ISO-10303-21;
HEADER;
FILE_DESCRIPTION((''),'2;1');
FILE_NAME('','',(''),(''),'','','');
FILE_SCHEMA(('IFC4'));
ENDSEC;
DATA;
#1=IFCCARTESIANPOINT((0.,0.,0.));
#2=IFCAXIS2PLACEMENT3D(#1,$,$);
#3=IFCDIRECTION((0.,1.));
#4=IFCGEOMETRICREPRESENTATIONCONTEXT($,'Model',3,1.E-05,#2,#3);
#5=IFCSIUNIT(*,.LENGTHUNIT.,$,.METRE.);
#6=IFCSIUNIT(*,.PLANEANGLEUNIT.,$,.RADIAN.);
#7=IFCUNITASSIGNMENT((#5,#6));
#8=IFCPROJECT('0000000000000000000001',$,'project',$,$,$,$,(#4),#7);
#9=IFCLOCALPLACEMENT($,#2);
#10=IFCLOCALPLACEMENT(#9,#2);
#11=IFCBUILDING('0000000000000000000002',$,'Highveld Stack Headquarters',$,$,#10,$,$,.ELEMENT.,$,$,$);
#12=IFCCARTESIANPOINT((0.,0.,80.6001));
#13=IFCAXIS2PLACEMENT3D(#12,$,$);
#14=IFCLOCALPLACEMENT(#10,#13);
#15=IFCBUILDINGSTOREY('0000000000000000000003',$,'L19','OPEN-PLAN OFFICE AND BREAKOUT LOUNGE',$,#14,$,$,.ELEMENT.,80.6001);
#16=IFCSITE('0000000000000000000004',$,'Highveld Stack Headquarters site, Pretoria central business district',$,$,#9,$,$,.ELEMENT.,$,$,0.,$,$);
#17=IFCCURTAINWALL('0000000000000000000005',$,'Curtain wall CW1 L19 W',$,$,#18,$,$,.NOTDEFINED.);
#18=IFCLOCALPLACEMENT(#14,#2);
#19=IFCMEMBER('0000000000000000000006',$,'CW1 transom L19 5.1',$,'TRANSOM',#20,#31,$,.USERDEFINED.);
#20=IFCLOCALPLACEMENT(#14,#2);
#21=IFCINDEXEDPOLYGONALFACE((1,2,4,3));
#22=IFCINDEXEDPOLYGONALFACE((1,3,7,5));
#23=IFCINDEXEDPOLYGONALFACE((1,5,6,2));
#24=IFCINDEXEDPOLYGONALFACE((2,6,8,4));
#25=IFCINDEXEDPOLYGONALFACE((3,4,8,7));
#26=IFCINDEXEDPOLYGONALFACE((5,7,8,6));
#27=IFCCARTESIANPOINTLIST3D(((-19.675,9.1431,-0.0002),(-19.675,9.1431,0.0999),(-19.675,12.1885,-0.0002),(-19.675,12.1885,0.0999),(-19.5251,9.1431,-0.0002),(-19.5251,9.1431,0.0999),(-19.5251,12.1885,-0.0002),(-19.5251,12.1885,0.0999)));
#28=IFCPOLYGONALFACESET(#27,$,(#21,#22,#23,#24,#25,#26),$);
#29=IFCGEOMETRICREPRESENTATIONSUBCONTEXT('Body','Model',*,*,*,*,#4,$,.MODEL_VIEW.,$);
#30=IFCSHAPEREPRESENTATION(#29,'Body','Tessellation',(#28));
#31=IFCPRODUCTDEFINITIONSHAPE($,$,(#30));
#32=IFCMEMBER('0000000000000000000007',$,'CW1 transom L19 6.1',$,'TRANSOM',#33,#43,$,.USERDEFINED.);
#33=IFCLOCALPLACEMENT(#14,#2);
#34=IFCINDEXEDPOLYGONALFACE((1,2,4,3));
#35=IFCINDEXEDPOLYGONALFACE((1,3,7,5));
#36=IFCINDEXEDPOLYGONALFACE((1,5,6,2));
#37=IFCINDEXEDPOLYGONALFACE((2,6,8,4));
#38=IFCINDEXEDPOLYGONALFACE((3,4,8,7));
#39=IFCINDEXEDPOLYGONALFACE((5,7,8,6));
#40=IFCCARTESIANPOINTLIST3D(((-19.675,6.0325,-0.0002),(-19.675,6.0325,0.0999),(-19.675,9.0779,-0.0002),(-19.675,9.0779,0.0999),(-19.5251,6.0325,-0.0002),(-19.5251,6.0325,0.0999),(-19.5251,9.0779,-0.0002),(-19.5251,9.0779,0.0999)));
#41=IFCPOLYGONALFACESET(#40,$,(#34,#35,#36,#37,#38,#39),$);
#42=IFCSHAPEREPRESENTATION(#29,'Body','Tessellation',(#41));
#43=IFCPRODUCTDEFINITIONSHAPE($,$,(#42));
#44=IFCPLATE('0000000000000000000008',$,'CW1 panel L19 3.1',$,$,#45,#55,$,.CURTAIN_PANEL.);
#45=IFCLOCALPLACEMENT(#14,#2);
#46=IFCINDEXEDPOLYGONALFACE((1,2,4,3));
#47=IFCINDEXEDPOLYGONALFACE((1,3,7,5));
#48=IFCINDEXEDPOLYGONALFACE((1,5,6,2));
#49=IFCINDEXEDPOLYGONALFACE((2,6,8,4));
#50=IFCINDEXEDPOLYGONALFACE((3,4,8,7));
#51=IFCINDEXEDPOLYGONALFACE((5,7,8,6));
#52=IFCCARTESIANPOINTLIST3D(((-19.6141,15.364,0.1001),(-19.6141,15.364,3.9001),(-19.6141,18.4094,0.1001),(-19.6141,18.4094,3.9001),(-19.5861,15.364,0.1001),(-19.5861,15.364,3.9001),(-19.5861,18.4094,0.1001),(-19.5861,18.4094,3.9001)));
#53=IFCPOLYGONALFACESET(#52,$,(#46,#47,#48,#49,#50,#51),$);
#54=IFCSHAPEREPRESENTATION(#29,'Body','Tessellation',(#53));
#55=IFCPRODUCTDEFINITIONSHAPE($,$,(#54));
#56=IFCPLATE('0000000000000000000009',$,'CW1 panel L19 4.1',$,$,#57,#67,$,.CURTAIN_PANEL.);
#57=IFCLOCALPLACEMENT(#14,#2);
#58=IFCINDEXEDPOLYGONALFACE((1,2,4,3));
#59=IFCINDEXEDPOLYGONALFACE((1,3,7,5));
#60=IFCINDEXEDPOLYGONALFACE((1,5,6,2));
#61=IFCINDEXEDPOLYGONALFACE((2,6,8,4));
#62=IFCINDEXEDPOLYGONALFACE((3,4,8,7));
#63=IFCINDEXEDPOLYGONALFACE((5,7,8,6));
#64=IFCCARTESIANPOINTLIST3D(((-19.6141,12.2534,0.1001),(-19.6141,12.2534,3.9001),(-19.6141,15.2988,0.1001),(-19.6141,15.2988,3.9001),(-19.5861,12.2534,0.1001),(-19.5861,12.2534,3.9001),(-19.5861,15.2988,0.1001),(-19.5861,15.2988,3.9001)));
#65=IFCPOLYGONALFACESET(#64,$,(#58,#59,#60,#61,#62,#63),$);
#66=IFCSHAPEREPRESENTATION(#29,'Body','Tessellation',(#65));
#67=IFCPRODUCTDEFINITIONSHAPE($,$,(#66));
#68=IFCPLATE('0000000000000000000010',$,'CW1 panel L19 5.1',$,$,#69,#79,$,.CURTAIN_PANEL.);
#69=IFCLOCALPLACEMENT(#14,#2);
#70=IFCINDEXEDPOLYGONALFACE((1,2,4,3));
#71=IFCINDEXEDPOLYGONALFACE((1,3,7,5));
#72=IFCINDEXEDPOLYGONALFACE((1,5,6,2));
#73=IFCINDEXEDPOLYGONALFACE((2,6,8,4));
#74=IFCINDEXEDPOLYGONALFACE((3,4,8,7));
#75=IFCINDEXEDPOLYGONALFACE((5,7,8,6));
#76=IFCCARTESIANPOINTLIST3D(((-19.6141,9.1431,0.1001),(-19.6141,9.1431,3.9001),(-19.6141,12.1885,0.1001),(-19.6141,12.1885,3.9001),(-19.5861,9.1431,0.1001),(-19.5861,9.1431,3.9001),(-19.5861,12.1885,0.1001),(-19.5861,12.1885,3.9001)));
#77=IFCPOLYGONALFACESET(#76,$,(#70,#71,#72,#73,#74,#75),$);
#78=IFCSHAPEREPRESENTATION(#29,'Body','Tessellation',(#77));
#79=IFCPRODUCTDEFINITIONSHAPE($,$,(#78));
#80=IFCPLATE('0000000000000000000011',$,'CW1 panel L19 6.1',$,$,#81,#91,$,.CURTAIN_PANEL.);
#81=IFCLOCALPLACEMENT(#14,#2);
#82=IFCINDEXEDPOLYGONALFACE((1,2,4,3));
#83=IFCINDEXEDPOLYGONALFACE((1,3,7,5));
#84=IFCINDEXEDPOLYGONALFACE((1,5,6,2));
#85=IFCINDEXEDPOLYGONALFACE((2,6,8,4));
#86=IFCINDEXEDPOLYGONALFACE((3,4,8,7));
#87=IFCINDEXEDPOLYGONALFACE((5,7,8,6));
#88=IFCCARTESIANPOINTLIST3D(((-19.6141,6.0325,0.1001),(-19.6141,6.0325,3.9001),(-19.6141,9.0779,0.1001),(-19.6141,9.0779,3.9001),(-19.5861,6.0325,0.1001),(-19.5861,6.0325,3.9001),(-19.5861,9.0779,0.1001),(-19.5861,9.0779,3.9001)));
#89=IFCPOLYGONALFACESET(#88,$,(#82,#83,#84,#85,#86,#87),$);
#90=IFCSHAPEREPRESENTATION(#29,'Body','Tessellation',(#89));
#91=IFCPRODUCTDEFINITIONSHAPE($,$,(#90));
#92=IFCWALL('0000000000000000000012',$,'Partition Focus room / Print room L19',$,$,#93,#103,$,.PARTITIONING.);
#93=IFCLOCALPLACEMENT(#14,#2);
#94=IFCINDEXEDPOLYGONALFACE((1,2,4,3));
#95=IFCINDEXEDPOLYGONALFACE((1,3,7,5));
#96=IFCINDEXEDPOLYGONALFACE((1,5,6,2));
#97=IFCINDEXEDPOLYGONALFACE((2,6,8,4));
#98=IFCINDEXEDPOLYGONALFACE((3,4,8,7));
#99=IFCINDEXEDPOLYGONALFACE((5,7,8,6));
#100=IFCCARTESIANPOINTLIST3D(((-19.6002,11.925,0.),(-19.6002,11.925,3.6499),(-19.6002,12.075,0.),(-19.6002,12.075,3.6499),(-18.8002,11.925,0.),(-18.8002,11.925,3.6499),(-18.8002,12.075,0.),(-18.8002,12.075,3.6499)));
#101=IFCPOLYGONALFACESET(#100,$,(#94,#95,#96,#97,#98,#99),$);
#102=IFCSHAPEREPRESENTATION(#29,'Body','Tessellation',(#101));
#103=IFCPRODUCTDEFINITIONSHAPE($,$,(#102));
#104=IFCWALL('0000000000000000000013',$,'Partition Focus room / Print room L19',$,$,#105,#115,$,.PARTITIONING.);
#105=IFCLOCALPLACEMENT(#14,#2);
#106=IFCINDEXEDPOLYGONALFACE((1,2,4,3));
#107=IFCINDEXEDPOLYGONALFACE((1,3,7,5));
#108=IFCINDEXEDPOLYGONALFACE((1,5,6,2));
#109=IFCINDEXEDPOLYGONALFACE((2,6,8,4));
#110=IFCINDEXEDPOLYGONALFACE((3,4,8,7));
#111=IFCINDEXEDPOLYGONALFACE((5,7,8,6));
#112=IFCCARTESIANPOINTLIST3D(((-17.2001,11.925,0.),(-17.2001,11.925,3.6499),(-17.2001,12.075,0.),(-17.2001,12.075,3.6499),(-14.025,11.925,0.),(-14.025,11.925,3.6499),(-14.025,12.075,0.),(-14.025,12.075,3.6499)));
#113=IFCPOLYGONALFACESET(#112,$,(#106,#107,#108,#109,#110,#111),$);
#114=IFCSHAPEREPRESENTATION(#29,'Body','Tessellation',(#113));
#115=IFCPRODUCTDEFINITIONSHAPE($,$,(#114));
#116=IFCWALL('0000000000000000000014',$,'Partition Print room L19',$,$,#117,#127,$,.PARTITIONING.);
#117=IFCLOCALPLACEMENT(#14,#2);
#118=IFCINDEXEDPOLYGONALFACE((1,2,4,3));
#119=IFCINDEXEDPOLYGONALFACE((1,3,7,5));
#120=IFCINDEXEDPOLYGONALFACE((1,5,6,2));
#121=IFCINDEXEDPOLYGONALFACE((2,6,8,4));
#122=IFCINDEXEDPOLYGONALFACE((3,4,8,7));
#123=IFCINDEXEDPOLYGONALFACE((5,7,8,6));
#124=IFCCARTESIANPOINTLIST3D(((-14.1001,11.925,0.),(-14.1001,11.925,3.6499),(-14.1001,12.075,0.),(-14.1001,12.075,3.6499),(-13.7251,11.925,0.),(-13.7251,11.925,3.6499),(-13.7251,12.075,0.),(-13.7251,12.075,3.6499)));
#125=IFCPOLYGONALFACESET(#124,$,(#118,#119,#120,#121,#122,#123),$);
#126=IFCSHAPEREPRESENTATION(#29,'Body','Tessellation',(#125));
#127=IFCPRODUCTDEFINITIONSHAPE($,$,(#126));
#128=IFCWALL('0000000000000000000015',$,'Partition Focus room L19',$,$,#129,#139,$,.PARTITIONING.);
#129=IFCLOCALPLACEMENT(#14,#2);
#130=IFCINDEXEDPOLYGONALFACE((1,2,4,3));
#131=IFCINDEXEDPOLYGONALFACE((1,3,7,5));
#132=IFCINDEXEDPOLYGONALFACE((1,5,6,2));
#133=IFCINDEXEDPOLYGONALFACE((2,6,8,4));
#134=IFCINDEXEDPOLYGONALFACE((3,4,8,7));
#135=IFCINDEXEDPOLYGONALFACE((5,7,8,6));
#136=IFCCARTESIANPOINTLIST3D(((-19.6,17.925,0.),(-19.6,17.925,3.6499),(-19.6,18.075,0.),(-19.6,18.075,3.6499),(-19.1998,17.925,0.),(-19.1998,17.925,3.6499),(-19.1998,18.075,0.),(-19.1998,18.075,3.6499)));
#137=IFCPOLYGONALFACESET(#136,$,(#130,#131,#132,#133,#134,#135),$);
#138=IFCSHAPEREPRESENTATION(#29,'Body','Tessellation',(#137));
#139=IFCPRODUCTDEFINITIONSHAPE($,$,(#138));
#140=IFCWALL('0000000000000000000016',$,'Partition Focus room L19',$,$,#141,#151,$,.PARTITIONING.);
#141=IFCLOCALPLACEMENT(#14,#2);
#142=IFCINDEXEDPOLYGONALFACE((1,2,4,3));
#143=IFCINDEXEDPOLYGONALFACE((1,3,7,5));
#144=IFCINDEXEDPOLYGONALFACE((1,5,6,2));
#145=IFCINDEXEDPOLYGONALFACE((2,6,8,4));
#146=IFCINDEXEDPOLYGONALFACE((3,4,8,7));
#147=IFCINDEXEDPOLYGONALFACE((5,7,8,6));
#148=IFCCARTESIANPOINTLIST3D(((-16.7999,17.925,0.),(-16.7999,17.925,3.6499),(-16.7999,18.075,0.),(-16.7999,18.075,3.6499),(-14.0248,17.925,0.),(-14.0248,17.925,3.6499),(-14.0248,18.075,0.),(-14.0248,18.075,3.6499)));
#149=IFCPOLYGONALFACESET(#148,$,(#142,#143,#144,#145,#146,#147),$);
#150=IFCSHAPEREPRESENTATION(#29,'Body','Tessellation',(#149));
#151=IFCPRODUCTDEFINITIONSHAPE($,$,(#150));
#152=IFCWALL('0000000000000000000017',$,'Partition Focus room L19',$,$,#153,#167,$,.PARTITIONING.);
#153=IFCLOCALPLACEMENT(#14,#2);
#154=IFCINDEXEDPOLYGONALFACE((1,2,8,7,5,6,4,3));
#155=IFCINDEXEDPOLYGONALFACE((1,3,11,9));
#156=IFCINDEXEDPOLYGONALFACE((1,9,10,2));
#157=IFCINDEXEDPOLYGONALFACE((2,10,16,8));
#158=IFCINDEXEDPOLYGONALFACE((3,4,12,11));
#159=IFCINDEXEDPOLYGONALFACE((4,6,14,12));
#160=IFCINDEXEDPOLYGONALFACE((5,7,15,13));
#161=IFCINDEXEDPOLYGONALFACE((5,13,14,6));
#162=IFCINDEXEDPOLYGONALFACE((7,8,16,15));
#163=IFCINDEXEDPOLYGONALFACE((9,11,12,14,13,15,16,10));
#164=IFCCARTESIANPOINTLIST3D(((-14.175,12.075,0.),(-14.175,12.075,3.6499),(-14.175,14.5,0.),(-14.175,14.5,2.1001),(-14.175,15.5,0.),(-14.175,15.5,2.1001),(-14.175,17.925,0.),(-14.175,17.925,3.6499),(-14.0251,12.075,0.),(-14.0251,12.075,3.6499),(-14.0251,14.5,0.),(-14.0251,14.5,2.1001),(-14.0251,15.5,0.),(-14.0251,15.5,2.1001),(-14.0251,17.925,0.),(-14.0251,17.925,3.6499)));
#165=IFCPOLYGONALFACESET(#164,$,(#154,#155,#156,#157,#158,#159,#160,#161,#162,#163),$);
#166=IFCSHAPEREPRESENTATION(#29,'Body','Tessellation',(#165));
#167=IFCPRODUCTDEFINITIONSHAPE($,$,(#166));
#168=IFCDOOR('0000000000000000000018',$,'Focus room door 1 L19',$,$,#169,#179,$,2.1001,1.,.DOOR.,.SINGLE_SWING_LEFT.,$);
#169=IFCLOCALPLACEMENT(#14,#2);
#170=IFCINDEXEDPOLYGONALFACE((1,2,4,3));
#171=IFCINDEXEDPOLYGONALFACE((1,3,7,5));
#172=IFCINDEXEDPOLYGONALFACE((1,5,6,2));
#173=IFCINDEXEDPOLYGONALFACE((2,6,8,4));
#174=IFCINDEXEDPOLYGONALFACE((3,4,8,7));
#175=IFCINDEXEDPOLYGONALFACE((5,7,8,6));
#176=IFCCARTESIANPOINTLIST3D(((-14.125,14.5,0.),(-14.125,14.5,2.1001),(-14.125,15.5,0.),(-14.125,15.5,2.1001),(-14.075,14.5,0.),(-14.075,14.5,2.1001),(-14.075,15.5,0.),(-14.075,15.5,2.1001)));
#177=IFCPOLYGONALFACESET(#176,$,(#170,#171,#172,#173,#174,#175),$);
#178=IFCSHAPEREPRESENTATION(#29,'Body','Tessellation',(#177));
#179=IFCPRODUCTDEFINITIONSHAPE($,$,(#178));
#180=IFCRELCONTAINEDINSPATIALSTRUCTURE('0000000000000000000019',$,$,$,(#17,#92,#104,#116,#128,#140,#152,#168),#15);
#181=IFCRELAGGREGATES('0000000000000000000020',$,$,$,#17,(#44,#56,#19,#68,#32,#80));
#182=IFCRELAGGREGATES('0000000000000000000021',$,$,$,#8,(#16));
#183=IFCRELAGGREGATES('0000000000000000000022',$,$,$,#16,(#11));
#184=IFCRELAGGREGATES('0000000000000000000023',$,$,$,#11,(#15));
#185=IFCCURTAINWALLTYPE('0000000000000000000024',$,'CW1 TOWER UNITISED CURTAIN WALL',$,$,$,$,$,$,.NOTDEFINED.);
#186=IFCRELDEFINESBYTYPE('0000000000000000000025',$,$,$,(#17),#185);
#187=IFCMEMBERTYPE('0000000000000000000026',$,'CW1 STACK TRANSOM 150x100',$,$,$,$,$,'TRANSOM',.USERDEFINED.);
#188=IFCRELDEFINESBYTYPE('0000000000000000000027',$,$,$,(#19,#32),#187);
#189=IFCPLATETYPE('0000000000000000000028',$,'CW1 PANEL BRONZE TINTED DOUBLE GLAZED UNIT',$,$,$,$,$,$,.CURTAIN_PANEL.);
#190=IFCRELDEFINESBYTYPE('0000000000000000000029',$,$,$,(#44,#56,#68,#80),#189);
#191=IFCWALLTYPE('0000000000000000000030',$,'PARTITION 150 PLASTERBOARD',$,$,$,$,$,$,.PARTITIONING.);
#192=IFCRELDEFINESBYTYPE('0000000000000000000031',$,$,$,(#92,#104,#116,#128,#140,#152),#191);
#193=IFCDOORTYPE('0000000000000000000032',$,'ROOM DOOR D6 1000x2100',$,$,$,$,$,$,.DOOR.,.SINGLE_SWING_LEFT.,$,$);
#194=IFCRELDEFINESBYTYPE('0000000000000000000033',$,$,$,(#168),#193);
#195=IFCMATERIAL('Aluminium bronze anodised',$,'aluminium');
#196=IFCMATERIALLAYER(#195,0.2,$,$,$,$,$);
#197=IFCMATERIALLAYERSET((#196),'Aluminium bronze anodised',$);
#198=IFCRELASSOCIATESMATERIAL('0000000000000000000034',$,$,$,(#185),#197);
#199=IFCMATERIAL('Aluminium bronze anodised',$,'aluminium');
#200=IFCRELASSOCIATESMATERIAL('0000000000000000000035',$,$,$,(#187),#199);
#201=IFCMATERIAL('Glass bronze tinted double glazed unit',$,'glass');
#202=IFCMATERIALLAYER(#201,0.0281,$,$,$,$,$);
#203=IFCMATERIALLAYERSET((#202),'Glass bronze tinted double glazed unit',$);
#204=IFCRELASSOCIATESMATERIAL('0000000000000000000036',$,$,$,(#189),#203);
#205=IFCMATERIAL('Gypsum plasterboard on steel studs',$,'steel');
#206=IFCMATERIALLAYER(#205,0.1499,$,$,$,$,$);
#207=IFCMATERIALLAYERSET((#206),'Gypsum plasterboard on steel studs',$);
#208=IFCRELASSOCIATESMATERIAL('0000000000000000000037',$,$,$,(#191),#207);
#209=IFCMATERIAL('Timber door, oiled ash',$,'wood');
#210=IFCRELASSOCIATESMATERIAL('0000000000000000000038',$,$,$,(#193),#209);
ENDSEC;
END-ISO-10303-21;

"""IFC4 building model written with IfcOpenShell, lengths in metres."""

from ifc_helpers import new_model, si_unit, direction, frame, frame_2d, origin, origin_2d, place, context, subcontext, project, spatial, rectangle, extrude, material, layer, layer_set, material_profile, profile_set, type_object, element, fill, aggregate, save


model = new_model("IFC4")

# Units and contexts
model_context = context("Model", 3, precision=1e-05, world=origin(), true_north=direction((0.0, 1.0)))
body_context = subcontext(model_context, "Body", "Model", "MODEL_VIEW")
ifc_project = project(units=[si_unit("LENGTHUNIT", "METRE"), si_unit("PLANEANGLEUNIT", "RADIAN")], contexts=[model_context])

# Site, building, storey
site_placement = place(None, origin())
site = spatial("IfcSite", under=ifc_project, at=site_placement, Name="Highveld Stack Headquarters site, Pretoria central business district", CompositionType="ELEMENT", RefElevation=0.0)
building_placement = place(site_placement, origin())
building = spatial("IfcBuilding", under=site, at=building_placement, Name="Highveld Stack Headquarters", CompositionType="ELEMENT")
storey_placement = place(building_placement, frame((0.0, 0.0, 80.6001)))
storey = spatial("IfcBuildingStorey", under=building, at=storey_placement, Name="L19", Description="OPEN-PLAN OFFICE AND BREAKOUT LOUNGE", CompositionType="ELEMENT", Elevation=80.6001)

# Curtain wall, members, plates
ifc_material_1 = material(Name="Aluminium bronze anodised", Category="aluminium")
ifc_layer_1 = layer(ifc_material_1, 0.2)
ifc_layer_set_1 = layer_set([ifc_layer_1], Name="Aluminium bronze anodised")
curtain_wall_type = type_object("IfcCurtainWallType", Name="CW1 TOWER UNITISED CURTAIN WALL", PredefinedType="NOTDEFINED", material=ifc_layer_set_1)
curtain_wall_placement = place(storey_placement, origin())
curtain_wall = element("IfcCurtainWall", 1, at=curtain_wall_placement, inside=storey, type_object=curtain_wall_type, Name="Curtain wall CW1 L19 W", PredefinedType="NOTDEFINED")
ifc_material_2 = material(Name="Aluminium bronze anodised", Category="aluminium")
ifc_material_profile_1 = material_profile(ifc_material_2, rectangle(XDim=0.1499, YDim=0.1001, at=origin_2d()), Name="CW1 TRANSOM 150x100")
ifc_profile_set_1 = profile_set([ifc_material_profile_1], Name="Aluminium bronze anodised")
member_type_1 = type_object("IfcMemberType", Name="CW1 STACK TRANSOM 150x100", ElementType="TRANSOM", PredefinedType="USERDEFINED", material=ifc_profile_set_1)
member_1_placement = place(storey_placement, frame((-19.6001, 12.1885, 0.0498), z_axis=(0.0, -1.0, 0.0), x_axis=(1.0, 0.0, 0.0)))
member_1 = element("IfcMember", 2, at=member_1_placement, type_object=member_type_1, Name="CW1 transom L19 5.1", ObjectType="TRANSOM", PredefinedType="USERDEFINED", context=body_context, shape_type="SweptSolid", body=[
    extrude(rectangle(XDim=0.1499, YDim=0.1001, at=origin_2d()), origin(), (0.0, 0.0, 1.0), 3.0454),
])
member_2_placement = place(storey_placement, frame((-19.6001, 9.0779, 0.0498), z_axis=(0.0, -1.0, 0.0), x_axis=(1.0, 0.0, 0.0)))
member_2 = element("IfcMember", 3, at=member_2_placement, type_object=member_type_1, Name="CW1 transom L19 6.1", ObjectType="TRANSOM", PredefinedType="USERDEFINED", context=body_context, shape_type="SweptSolid", body=[
    extrude(rectangle(XDim=0.1499, YDim=0.1001, at=origin_2d()), origin(), (0.0, 0.0, 1.0), 3.0454),
])
ifc_material_3 = material(Name="Glass bronze tinted double glazed unit", Category="glass")
ifc_layer_2 = layer(ifc_material_3, 0.0281)
ifc_layer_set_2 = layer_set([ifc_layer_2], Name="Glass bronze tinted double glazed unit")
plate_type = type_object("IfcPlateType", Name="CW1 PANEL BRONZE TINTED DOUBLE GLAZED UNIT", PredefinedType="CURTAIN_PANEL", material=ifc_layer_set_2)
plate_1_placement = place(storey_placement, frame((-19.6001, 16.8867, 0.1001), z_axis=(0.0, 0.0, 1.0), x_axis=(0.0, -1.0, 0.0)))
plate_1 = element("IfcPlate", 4, at=plate_1_placement, type_object=plate_type, Name="CW1 panel L19 3.1", PredefinedType="CURTAIN_PANEL", context=body_context, shape_type="SweptSolid", body=[
    extrude(rectangle(XDim=3.0454, YDim=0.0281, at=origin_2d()), origin(), (0.0, 0.0, 1.0), 3.8),
])
plate_2_placement = place(storey_placement, frame((-19.6001, 13.7761, 0.1001), z_axis=(0.0, 0.0, 1.0), x_axis=(0.0, -1.0, 0.0)))
plate_2 = element("IfcPlate", 5, at=plate_2_placement, type_object=plate_type, Name="CW1 panel L19 4.1", PredefinedType="CURTAIN_PANEL", context=body_context, shape_type="SweptSolid", body=[
    extrude(rectangle(XDim=3.0454, YDim=0.0281, at=origin_2d()), origin(), (0.0, 0.0, 1.0), 3.8),
])
plate_3_placement = place(storey_placement, frame((-19.6001, 10.6658, 0.1001), z_axis=(0.0, 0.0, 1.0), x_axis=(0.0, -1.0, 0.0)))
plate_3 = element("IfcPlate", 6, at=plate_3_placement, type_object=plate_type, Name="CW1 panel L19 5.1", PredefinedType="CURTAIN_PANEL", context=body_context, shape_type="SweptSolid", body=[
    extrude(rectangle(XDim=3.0454, YDim=0.0281, at=origin_2d()), origin(), (0.0, 0.0, 1.0), 3.8),
])
plate_4_placement = place(storey_placement, frame((-19.6001, 7.5552, 0.1001), z_axis=(0.0, 0.0, 1.0), x_axis=(0.0, -1.0, 0.0)))
plate_4 = element("IfcPlate", 7, at=plate_4_placement, type_object=plate_type, Name="CW1 panel L19 6.1", PredefinedType="CURTAIN_PANEL", context=body_context, shape_type="SweptSolid", body=[
    extrude(rectangle(XDim=3.0454, YDim=0.0281, at=origin_2d()), origin(), (0.0, 0.0, 1.0), 3.8),
])
aggregate(curtain_wall, [plate_1, plate_2, member_1, plate_3, member_2, plate_4])

# Walls
ifc_material_4 = material(Name="Gypsum plasterboard on steel studs", Category="steel")
ifc_layer_3 = layer(ifc_material_4, 0.1499)
ifc_layer_set_3 = layer_set([ifc_layer_3], Name="Gypsum plasterboard on steel studs")
wall_type = type_object("IfcWallType", Name="PARTITION 150 PLASTERBOARD", PredefinedType="PARTITIONING", material=ifc_layer_set_3)
wall_1_placement = place(storey_placement, frame((-19.6001, 12.0, 0.0), z_axis=(0.0, 0.0, 1.0), x_axis=(1.0, 0.0, 0.0)))
element("IfcWall", 8, at=wall_1_placement, inside=storey, type_object=wall_type, Name="Partition Focus room / Print room L19", PredefinedType="PARTITIONING", context=body_context, shape_type="SweptSolid", body=[
    extrude(rectangle(XDim=0.8, YDim=0.1499, at=frame_2d((0.3999, 0.0))), origin(), (0.0, 0.0, 1.0), 3.6499),
])
wall_2_placement = place(storey_placement, frame((-17.2, 12.0, 0.0), z_axis=(0.0, 0.0, 1.0), x_axis=(1.0, 0.0, 0.0)))
element("IfcWall", 9, at=wall_2_placement, inside=storey, type_object=wall_type, Name="Partition Focus room / Print room L19", PredefinedType="PARTITIONING", context=body_context, shape_type="SweptSolid", body=[
    extrude(rectangle(XDim=3.175, YDim=0.1499, at=frame_2d((1.5874, 0.0))), origin(), (0.0, 0.0, 1.0), 3.6499),
])
wall_3_placement = place(storey_placement, frame((-14.1001, 12.0, 0.0), z_axis=(0.0, 0.0, 1.0), x_axis=(1.0, 0.0, 0.0)))
element("IfcWall", 10, at=wall_3_placement, inside=storey, type_object=wall_type, Name="Partition Print room L19", PredefinedType="PARTITIONING", context=body_context, shape_type="SweptSolid", body=[
    extrude(rectangle(XDim=0.375, YDim=0.1499, at=frame_2d((0.1875, 0.0))), origin(), (0.0, 0.0, 1.0), 3.6499),
])
wall_4_placement = place(storey_placement, frame((-19.6001, 18.0, 0.0), z_axis=(0.0, 0.0, 1.0), x_axis=(1.0, 0.0, 0.0)))
element("IfcWall", 11, at=wall_4_placement, inside=storey, type_object=wall_type, Name="Partition Focus room L19", PredefinedType="PARTITIONING", context=body_context, shape_type="SweptSolid", body=[
    extrude(rectangle(XDim=0.4001, YDim=0.1499, at=frame_2d((0.2002, 0.0))), origin(), (0.0, 0.0, 1.0), 3.6499),
])
wall_5_placement = place(storey_placement, frame((-16.8, 18.0, 0.0), z_axis=(0.0, 0.0, 1.0), x_axis=(1.0, 0.0, 0.0)))
element("IfcWall", 12, at=wall_5_placement, inside=storey, type_object=wall_type, Name="Partition Focus room L19", PredefinedType="PARTITIONING", context=body_context, shape_type="SweptSolid", body=[
    extrude(rectangle(XDim=2.7751, YDim=0.1499, at=frame_2d((1.3877, 0.0))), origin(), (0.0, 0.0, 1.0), 3.6499),
])

# Wall, opening, door
wall_6_placement = place(storey_placement, frame((-14.1001, 12.075, 0.0), z_axis=(0.0, 0.0, 1.0), x_axis=(0.0, 1.0, 0.0)))
wall_6 = element("IfcWall", 13, at=wall_6_placement, inside=storey, type_object=wall_type, Name="Partition Focus room L19", PredefinedType="PARTITIONING", context=body_context, shape_type="SweptSolid", body=[
    extrude(rectangle(XDim=5.8501, YDim=0.1499, at=frame_2d((2.925, 0.0))), origin(), (0.0, 0.0, 1.0), 3.6499),
])
opening_1_placement = place(wall_6_placement, frame((2.425, 0.0, 0.0)))
opening_1 = element("IfcOpeningElement", 14, at=opening_1_placement, cuts=wall_6, PredefinedType="OPENING", context=body_context, shape_type="SweptSolid", body=[
    extrude(rectangle(XDim=1.0, YDim=2.1001, at=frame_2d((0.5, 1.05))), frame((0.0, 0.085, 0.0), z_axis=(0.0, -1.0, 0.0), x_axis=(1.0, 0.0, 0.0)), (0.0, 0.0, 1.0), 0.1699),
])
ifc_material_5 = material(Name="Timber door, oiled ash", Category="wood")
door_type = type_object("IfcDoorType", Name="ROOM DOOR D6 1000x2100", OperationType="SINGLE_SWING_LEFT", PredefinedType="DOOR", material=ifc_material_5)
door_1_placement = place(opening_1_placement, origin())
door_1 = element("IfcDoor", 15, at=door_1_placement, inside=storey, type_object=door_type, Name="Focus room door 1 L19", OperationType="SINGLE_SWING_LEFT", OverallHeight=2.1001, OverallWidth=1.0, PredefinedType="DOOR", context=body_context, shape_type="SweptSolid", body=[
    extrude(rectangle(XDim=1.0, YDim=2.1001, at=frame_2d((0.5, 1.05))), frame((0.0, 0.0249, 0.0), z_axis=(0.0, -1.0, 0.0), x_axis=(1.0, 0.0, 0.0)), (0.0, 0.0, 1.0), 0.05),
])
fill(opening_1, door_1)

save(model, "model.ifc")
